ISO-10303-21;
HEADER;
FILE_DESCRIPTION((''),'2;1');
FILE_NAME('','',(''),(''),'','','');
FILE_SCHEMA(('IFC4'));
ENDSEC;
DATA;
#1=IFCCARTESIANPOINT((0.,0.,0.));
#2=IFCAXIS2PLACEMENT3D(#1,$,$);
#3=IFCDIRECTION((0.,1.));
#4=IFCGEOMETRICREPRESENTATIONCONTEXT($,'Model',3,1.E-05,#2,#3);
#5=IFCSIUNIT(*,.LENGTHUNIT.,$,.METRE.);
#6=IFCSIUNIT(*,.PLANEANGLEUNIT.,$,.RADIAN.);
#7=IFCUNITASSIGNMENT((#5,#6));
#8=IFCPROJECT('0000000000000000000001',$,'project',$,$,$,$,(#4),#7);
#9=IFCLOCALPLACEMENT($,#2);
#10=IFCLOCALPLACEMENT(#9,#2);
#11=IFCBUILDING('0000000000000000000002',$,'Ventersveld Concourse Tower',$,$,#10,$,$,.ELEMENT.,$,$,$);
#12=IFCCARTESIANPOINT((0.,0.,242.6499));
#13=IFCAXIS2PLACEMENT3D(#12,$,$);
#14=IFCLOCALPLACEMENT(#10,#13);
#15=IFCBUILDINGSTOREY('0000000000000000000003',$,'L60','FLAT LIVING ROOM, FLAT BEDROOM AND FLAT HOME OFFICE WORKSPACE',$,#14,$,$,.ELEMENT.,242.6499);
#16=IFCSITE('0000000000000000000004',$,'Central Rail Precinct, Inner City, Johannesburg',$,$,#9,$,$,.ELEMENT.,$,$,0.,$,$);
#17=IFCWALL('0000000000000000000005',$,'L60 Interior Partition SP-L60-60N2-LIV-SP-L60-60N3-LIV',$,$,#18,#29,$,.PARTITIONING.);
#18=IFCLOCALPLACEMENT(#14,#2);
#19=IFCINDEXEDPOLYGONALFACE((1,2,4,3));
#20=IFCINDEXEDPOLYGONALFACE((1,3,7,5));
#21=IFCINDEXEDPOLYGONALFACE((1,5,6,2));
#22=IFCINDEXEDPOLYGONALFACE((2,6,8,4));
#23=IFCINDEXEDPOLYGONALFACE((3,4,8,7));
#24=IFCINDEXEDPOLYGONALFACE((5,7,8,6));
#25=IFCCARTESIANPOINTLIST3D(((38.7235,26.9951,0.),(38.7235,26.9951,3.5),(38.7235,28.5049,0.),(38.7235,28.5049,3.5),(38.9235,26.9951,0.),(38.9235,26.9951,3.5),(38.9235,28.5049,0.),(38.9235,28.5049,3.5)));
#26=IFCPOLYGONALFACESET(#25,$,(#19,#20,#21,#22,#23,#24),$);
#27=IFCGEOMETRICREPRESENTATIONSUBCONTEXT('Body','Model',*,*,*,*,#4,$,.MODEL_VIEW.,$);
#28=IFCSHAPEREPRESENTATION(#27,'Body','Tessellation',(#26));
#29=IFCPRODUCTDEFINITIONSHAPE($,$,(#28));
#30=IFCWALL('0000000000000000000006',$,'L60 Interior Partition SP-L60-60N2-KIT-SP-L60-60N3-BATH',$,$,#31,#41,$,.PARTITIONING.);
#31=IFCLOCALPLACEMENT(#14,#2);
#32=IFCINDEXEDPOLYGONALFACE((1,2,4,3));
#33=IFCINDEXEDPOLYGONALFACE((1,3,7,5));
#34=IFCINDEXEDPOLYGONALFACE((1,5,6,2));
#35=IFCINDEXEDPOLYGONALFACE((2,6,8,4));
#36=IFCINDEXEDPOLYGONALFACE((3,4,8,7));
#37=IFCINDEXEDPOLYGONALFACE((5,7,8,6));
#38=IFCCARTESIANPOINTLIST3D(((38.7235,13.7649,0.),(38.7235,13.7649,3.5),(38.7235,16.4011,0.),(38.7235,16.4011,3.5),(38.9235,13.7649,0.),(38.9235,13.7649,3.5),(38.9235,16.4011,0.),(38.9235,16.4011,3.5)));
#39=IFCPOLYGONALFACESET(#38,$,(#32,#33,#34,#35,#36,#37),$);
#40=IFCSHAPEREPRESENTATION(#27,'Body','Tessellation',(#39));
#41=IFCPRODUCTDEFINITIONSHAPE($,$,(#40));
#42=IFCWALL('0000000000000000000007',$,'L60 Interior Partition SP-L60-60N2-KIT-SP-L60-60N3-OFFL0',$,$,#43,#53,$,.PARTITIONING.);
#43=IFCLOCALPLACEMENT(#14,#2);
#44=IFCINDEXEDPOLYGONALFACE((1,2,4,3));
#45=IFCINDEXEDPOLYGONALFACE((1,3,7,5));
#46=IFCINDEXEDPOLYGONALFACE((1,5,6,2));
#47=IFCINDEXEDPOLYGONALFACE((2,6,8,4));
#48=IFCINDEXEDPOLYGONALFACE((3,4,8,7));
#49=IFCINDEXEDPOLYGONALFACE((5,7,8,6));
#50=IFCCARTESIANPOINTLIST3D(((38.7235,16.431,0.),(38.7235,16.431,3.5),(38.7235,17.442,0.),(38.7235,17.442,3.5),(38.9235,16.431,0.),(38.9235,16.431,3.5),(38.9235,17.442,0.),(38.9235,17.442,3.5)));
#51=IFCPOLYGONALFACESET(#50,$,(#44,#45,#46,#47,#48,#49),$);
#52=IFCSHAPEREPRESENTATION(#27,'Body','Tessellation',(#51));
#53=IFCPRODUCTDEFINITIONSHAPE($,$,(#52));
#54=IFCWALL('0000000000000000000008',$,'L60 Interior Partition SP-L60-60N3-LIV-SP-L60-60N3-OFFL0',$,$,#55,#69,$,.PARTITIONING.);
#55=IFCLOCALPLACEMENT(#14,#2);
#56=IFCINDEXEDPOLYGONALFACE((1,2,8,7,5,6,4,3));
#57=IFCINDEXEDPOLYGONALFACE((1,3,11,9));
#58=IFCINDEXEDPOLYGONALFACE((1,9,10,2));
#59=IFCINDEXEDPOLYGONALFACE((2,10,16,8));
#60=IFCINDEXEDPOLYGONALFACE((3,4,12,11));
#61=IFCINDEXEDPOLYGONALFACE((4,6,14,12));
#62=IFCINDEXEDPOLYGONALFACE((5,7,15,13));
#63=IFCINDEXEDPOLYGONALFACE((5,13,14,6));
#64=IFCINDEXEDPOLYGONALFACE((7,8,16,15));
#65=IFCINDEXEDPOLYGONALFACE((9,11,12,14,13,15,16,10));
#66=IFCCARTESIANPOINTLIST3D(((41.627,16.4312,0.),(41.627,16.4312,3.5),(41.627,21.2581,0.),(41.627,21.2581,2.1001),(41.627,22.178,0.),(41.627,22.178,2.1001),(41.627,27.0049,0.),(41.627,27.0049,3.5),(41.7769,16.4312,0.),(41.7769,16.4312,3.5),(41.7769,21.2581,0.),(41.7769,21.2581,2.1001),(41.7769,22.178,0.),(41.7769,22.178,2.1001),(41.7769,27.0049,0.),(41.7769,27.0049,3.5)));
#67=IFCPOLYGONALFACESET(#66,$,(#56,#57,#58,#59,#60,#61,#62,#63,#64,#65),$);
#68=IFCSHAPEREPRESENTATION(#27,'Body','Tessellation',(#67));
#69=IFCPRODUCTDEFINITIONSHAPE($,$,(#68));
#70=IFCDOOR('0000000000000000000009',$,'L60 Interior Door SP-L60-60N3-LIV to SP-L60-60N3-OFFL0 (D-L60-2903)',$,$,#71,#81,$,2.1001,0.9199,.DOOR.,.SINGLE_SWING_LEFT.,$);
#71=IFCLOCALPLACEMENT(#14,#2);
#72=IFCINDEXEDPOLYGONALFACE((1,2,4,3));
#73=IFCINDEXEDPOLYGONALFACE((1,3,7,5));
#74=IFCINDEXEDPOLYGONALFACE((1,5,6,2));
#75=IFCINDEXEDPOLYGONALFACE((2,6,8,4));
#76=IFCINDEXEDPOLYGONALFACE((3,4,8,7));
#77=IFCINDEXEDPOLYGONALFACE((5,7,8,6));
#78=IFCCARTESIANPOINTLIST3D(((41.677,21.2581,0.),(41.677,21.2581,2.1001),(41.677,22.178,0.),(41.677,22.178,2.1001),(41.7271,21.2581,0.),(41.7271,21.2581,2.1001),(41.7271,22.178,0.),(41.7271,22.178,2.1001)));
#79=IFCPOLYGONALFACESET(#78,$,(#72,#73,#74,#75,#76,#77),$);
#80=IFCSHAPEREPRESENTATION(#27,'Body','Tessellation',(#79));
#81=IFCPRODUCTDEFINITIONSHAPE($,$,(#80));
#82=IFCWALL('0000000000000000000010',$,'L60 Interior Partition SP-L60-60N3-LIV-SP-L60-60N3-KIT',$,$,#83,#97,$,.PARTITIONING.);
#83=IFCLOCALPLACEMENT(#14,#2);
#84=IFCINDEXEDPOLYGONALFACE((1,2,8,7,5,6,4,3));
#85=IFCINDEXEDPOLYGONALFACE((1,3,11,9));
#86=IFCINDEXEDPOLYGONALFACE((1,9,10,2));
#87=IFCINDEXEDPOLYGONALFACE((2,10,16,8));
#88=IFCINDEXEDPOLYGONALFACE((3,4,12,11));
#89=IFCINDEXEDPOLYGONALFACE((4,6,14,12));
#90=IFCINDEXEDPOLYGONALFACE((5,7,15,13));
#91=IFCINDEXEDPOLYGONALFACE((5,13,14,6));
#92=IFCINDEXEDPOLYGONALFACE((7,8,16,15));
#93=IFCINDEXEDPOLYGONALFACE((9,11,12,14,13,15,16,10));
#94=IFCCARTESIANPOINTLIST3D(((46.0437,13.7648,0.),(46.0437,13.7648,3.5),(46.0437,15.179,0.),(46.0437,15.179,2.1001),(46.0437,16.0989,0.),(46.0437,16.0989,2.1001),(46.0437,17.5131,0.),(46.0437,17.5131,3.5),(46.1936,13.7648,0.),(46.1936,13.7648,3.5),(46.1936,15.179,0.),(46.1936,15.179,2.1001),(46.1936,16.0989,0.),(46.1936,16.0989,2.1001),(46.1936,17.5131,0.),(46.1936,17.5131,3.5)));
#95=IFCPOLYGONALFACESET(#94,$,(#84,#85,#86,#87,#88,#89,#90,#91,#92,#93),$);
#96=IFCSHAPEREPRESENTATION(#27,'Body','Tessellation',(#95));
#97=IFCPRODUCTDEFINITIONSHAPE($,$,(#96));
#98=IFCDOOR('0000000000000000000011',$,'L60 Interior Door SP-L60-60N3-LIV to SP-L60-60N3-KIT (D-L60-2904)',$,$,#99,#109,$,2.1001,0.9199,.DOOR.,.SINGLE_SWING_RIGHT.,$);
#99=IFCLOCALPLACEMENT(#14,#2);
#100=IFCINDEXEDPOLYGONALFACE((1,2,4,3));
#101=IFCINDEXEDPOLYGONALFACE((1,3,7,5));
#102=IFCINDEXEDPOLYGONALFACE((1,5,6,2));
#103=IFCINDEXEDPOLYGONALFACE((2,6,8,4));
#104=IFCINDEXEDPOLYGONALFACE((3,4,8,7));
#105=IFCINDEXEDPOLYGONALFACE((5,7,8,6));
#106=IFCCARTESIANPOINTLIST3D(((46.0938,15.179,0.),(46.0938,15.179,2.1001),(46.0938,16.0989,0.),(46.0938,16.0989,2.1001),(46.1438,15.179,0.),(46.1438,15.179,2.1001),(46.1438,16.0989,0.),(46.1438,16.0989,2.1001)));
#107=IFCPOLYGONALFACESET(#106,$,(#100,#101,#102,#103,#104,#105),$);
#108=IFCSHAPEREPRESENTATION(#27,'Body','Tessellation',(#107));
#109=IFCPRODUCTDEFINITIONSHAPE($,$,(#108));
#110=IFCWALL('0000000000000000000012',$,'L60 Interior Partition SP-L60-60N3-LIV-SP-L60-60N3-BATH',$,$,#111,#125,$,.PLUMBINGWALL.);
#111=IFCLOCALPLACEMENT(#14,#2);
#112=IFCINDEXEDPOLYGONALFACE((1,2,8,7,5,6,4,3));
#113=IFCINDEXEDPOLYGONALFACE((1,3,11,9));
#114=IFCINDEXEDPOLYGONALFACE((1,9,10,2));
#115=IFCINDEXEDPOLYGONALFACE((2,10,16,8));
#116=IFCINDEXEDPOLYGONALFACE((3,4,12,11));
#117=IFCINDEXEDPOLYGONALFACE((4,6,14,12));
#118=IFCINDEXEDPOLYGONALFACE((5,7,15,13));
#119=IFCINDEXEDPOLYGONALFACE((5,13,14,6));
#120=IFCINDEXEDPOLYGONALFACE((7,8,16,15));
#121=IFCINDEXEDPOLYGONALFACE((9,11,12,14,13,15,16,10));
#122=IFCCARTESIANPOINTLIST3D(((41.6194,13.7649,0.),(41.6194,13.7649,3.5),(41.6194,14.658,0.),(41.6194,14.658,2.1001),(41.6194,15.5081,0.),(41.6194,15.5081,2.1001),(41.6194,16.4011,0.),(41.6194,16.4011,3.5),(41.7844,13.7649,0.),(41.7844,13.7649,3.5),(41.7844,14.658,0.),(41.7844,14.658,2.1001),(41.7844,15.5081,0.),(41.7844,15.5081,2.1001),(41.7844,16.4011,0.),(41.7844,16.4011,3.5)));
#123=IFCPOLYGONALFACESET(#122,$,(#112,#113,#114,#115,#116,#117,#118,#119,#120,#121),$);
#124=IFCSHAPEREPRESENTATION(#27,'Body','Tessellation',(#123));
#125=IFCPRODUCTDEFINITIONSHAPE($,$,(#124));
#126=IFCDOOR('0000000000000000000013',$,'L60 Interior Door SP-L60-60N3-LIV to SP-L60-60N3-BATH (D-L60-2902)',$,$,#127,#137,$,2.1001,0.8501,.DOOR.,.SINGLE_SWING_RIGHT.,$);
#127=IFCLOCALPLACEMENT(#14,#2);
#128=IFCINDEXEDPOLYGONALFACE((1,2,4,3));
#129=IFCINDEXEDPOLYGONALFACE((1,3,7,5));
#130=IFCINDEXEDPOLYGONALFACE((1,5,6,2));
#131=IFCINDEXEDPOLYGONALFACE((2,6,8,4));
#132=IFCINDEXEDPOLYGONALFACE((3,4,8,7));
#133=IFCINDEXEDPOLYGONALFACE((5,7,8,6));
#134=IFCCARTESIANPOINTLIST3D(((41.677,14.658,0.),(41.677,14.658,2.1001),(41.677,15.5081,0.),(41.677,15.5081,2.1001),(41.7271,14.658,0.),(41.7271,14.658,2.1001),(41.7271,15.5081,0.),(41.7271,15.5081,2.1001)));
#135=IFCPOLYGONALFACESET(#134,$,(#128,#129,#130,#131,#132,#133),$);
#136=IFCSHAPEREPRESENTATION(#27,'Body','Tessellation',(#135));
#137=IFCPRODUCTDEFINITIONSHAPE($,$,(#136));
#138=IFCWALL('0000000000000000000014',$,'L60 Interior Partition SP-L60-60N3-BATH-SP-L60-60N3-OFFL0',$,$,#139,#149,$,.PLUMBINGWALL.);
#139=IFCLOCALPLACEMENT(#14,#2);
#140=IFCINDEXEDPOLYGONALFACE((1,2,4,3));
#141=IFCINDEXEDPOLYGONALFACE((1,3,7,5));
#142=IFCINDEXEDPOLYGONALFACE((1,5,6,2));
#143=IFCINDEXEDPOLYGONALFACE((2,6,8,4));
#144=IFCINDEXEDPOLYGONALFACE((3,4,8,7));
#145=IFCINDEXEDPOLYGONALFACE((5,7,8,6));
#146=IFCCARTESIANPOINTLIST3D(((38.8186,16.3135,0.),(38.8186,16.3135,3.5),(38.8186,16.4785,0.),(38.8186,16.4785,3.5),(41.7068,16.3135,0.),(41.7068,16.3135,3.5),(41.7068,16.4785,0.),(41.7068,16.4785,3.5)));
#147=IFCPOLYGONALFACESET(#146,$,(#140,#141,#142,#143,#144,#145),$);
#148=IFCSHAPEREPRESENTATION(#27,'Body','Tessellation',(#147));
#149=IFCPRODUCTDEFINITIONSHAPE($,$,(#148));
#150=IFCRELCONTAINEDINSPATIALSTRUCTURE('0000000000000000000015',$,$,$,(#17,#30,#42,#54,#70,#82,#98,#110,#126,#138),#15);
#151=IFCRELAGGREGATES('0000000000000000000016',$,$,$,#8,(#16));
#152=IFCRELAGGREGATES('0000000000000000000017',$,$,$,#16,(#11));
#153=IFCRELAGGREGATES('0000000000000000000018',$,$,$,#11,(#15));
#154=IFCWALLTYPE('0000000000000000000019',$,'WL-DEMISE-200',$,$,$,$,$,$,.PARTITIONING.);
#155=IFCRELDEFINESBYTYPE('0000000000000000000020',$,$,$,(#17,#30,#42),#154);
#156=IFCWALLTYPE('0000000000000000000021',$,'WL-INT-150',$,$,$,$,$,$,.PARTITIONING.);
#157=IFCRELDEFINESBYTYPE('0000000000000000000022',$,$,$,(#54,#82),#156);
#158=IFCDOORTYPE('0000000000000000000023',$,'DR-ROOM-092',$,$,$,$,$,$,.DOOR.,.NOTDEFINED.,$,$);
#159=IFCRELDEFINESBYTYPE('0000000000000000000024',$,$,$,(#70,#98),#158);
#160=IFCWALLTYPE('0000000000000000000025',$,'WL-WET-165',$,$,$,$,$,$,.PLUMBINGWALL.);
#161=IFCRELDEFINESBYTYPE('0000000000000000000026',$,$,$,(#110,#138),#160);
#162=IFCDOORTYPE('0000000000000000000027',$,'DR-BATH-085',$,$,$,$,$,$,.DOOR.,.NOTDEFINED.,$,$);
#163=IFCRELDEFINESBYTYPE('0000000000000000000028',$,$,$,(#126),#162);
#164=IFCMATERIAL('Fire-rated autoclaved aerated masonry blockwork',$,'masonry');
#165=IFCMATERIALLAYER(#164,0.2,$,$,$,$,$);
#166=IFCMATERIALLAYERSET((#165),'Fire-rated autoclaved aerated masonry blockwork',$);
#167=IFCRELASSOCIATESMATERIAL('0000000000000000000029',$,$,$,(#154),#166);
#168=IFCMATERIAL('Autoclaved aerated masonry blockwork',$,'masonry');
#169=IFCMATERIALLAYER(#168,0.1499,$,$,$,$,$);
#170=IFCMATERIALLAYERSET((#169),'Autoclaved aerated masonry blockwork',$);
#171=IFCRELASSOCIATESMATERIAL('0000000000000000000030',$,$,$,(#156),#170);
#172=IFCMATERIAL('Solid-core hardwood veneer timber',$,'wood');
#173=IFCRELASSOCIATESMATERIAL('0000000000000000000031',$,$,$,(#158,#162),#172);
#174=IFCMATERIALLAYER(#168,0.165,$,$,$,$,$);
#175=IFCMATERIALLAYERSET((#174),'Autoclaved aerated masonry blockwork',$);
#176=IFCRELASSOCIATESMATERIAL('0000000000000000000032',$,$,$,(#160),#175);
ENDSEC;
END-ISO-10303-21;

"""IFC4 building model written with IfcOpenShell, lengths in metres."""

from ifc_helpers import new_model, si_unit, direction, frame, frame_2d, origin, place, context, subcontext, project, spatial, rectangle, extrude, material, layer, layer_set, type_object, element, fill, save


model = new_model("IFC4")

# Units and contexts
model_context = context("Model", 3, precision=1e-05, world=origin(), true_north=direction((0.0, 1.0)))
body_context = subcontext(model_context, "Body", "Model", "MODEL_VIEW")
ifc_project = project(units=[si_unit("LENGTHUNIT", "METRE"), si_unit("PLANEANGLEUNIT", "RADIAN")], contexts=[model_context])

# Site, building, storey
site_placement = place(None, origin())
site = spatial("IfcSite", under=ifc_project, at=site_placement, Name="Central Rail Precinct, Inner City, Johannesburg", CompositionType="ELEMENT", RefElevation=0.0)
building_placement = place(site_placement, origin())
building = spatial("IfcBuilding", under=site, at=building_placement, Name="Ventersveld Concourse Tower", CompositionType="ELEMENT")
storey_placement = place(building_placement, frame((0.0, 0.0, 242.6499)))
storey = spatial("IfcBuildingStorey", under=building, at=storey_placement, Name="L60", Description="FLAT LIVING ROOM, FLAT BEDROOM AND FLAT HOME OFFICE WORKSPACE", CompositionType="ELEMENT", Elevation=242.6499)

# Shared definitions
ifc_material_1 = material(Name="Fire-rated autoclaved aerated masonry blockwork", Category="masonry")
ifc_material_2 = material(Name="Solid-core hardwood veneer timber", Category="wood")

# Walls
ifc_layer_1 = layer(ifc_material_1, 0.2)
ifc_layer_set_1 = layer_set([ifc_layer_1], Name="Fire-rated autoclaved aerated masonry blockwork")
wall_type_1 = type_object("IfcWallType", Name="WL-DEMISE-200", PredefinedType="PARTITIONING", material=ifc_layer_set_1)
wall_1_placement = place(storey_placement, frame((38.8235, 26.9951, 0.0), z_axis=(0.0, 0.0, 1.0), x_axis=(0.0, 1.0, 0.0)))
element("IfcWall", 1, at=wall_1_placement, inside=storey, type_object=wall_type_1, Name="L60 Interior Partition SP-L60-60N2-LIV-SP-L60-60N3-LIV", PredefinedType="PARTITIONING", context=body_context, shape_type="SweptSolid", body=[
    extrude(rectangle(XDim=1.5098, YDim=0.2, at=frame_2d((0.7549, 0.0))), origin(), (0.0, 0.0, 1.0), 3.5),
])
wall_2_placement = place(storey_placement, frame((38.8235, 13.7649, 0.0), z_axis=(0.0, 0.0, 1.0), x_axis=(0.0, 1.0, 0.0)))
element("IfcWall", 2, at=wall_2_placement, inside=storey, type_object=wall_type_1, Name="L60 Interior Partition SP-L60-60N2-KIT-SP-L60-60N3-BATH", PredefinedType="PARTITIONING", context=body_context, shape_type="SweptSolid", body=[
    extrude(rectangle(XDim=2.6362, YDim=0.2, at=frame_2d((1.3181, 0.0))), origin(), (0.0, 0.0, 1.0), 3.5),
])
wall_3_placement = place(storey_placement, frame((38.8235, 16.4312, 0.0), z_axis=(0.0, 0.0, 1.0), x_axis=(0.0, 1.0, 0.0)))
element("IfcWall", 3, at=wall_3_placement, inside=storey, type_object=wall_type_1, Name="L60 Interior Partition SP-L60-60N2-KIT-SP-L60-60N3-OFFL0", PredefinedType="PARTITIONING", context=body_context, shape_type="SweptSolid", body=[
    extrude(rectangle(XDim=1.011, YDim=0.2, at=frame_2d((0.5054, 0.0))), origin(), (0.0, 0.0, 1.0), 3.5),
])

# Walls, openings, doors
ifc_material_3 = material(Name="Autoclaved aerated masonry blockwork", Category="masonry")
ifc_layer_2 = layer(ifc_material_3, 0.1499)
ifc_layer_set_2 = layer_set([ifc_layer_2], Name="Autoclaved aerated masonry blockwork")
wall_type_2 = type_object("IfcWallType", Name="WL-INT-150", PredefinedType="PARTITIONING", material=ifc_layer_set_2)
wall_4_placement = place(storey_placement, frame((41.7019, 16.4312, 0.0), z_axis=(0.0, 0.0, 1.0), x_axis=(0.0, 1.0, 0.0)))
wall_4 = element("IfcWall", 4, at=wall_4_placement, inside=storey, type_object=wall_type_2, Name="L60 Interior Partition SP-L60-60N3-LIV-SP-L60-60N3-OFFL0", PredefinedType="PARTITIONING", context=body_context, shape_type="SweptSolid", body=[
    extrude(rectangle(XDim=10.5737, YDim=0.1499, at=frame_2d((5.2869, 0.0))), origin(), (0.0, 0.0, 1.0), 3.5),
])
opening_1_placement = place(wall_4_placement, frame((4.8269, 0.0, 0.0)))
opening_1 = element("IfcOpeningElement", 5, at=opening_1_placement, cuts=wall_4, PredefinedType="OPENING", context=body_context, shape_type="SweptSolid", body=[
    extrude(rectangle(XDim=0.9199, YDim=2.1001, at=frame_2d((0.46, 1.05))), frame((0.0, 0.085, 0.0), z_axis=(0.0, -1.0, 0.0), x_axis=(1.0, 0.0, 0.0)), (0.0, 0.0, 1.0), 0.1699),
])
door_type_1 = type_object("IfcDoorType", Name="DR-ROOM-092", OperationType="NOTDEFINED", PredefinedType="DOOR", material=ifc_material_2)
door_1_placement = place(opening_1_placement, origin())
door_1 = element("IfcDoor", 6, at=door_1_placement, inside=storey, type_object=door_type_1, Name="L60 Interior Door SP-L60-60N3-LIV to SP-L60-60N3-OFFL0 (D-L60-2903)", OperationType="SINGLE_SWING_LEFT", OverallHeight=2.1001, OverallWidth=0.9199, PredefinedType="DOOR", context=body_context, shape_type="SweptSolid", body=[
    extrude(rectangle(XDim=0.9199, YDim=2.1001, at=frame_2d((0.46, 1.05))), frame((0.0, 0.0249, 0.0), z_axis=(0.0, -1.0, 0.0), x_axis=(1.0, 0.0, 0.0)), (0.0, 0.0, 1.0), 0.05),
])
fill(opening_1, door_1)
wall_5_placement = place(storey_placement, frame((46.1187, 13.7649, 0.0), z_axis=(0.0, 0.0, 1.0), x_axis=(0.0, 1.0, 0.0)))
wall_5 = element("IfcWall", 7, at=wall_5_placement, inside=storey, type_object=wall_type_2, Name="L60 Interior Partition SP-L60-60N3-LIV-SP-L60-60N3-KIT", PredefinedType="PARTITIONING", context=body_context, shape_type="SweptSolid", body=[
    extrude(rectangle(XDim=3.7483, YDim=0.1499, at=frame_2d((1.874, 0.0))), origin(), (0.0, 0.0, 1.0), 3.5),
])
opening_2_placement = place(wall_5_placement, frame((1.4141, 0.0, 0.0)))
opening_2 = element("IfcOpeningElement", 8, at=opening_2_placement, cuts=wall_5, PredefinedType="OPENING", context=body_context, shape_type="SweptSolid", body=[
    extrude(rectangle(XDim=0.9199, YDim=2.1001, at=frame_2d((0.46, 1.05))), frame((0.0, 0.085, 0.0), z_axis=(0.0, -1.0, 0.0), x_axis=(1.0, 0.0, 0.0)), (0.0, 0.0, 1.0), 0.1699),
])
door_2_placement = place(opening_2_placement, origin())
door_2 = element("IfcDoor", 9, at=door_2_placement, inside=storey, type_object=door_type_1, Name="L60 Interior Door SP-L60-60N3-LIV to SP-L60-60N3-KIT (D-L60-2904)", OperationType="SINGLE_SWING_RIGHT", OverallHeight=2.1001, OverallWidth=0.9199, PredefinedType="DOOR", context=body_context, shape_type="SweptSolid", body=[
    extrude(rectangle(XDim=0.9199, YDim=2.1001, at=frame_2d((0.46, 1.05))), frame((0.0, 0.0249, 0.0), z_axis=(0.0, -1.0, 0.0), x_axis=(1.0, 0.0, 0.0)), (0.0, 0.0, 1.0), 0.05),
])
fill(opening_2, door_2)
ifc_layer_3 = layer(ifc_material_3, 0.165)
ifc_layer_set_3 = layer_set([ifc_layer_3], Name="Autoclaved aerated masonry blockwork")
wall_type_3 = type_object("IfcWallType", Name="WL-WET-165", PredefinedType="PLUMBINGWALL", material=ifc_layer_set_3)
wall_6_placement = place(storey_placement, frame((41.7019, 13.7649, 0.0), z_axis=(0.0, 0.0, 1.0), x_axis=(0.0, 1.0, 0.0)))
wall_6 = element("IfcWall", 10, at=wall_6_placement, inside=storey, type_object=wall_type_3, Name="L60 Interior Partition SP-L60-60N3-LIV-SP-L60-60N3-BATH", PredefinedType="PLUMBINGWALL", context=body_context, shape_type="SweptSolid", body=[
    extrude(rectangle(XDim=2.6362, YDim=0.165, at=frame_2d((1.3181, 0.0))), origin(), (0.0, 0.0, 1.0), 3.5),
])
opening_3_placement = place(wall_6_placement, frame((0.8931, 0.0, 0.0)))
opening_3 = element("IfcOpeningElement", 11, at=opening_3_placement, cuts=wall_6, PredefinedType="OPENING", context=body_context, shape_type="SweptSolid", body=[
    extrude(rectangle(XDim=0.8501, YDim=2.1001, at=frame_2d((0.425, 1.05))), frame((0.0, 0.0925, 0.0), z_axis=(0.0, -1.0, 0.0), x_axis=(1.0, 0.0, 0.0)), (0.0, 0.0, 1.0), 0.1851),
])
door_type_2 = type_object("IfcDoorType", Name="DR-BATH-085", OperationType="NOTDEFINED", PredefinedType="DOOR", material=ifc_material_2)
door_3_placement = place(opening_3_placement, origin())
door_3 = element("IfcDoor", 12, at=door_3_placement, inside=storey, type_object=door_type_2, Name="L60 Interior Door SP-L60-60N3-LIV to SP-L60-60N3-BATH (D-L60-2902)", OperationType="SINGLE_SWING_RIGHT", OverallHeight=2.1001, OverallWidth=0.8501, PredefinedType="DOOR", context=body_context, shape_type="SweptSolid", body=[
    extrude(rectangle(XDim=0.8501, YDim=2.1001, at=frame_2d((0.425, 1.05))), frame((0.0, 0.0249, 0.0), z_axis=(0.0, -1.0, 0.0), x_axis=(1.0, 0.0, 0.0)), (0.0, 0.0, 1.0), 0.05),
])
fill(opening_3, door_3)

# Wall
wall_7_placement = place(storey_placement, frame((38.8186, 16.396, 0.0), z_axis=(0.0, 0.0, 1.0), x_axis=(1.0, 0.0, 0.0)))
element("IfcWall", 13, at=wall_7_placement, inside=storey, type_object=wall_type_3, Name="L60 Interior Partition SP-L60-60N3-BATH-SP-L60-60N3-OFFL0", PredefinedType="PLUMBINGWALL", context=body_context, shape_type="SweptSolid", body=[
    extrude(rectangle(XDim=2.8882, YDim=0.165, at=frame_2d((1.4441, 0.0))), origin(), (0.0, 0.0, 1.0), 3.5),
])

save(model, "model.ifc")
